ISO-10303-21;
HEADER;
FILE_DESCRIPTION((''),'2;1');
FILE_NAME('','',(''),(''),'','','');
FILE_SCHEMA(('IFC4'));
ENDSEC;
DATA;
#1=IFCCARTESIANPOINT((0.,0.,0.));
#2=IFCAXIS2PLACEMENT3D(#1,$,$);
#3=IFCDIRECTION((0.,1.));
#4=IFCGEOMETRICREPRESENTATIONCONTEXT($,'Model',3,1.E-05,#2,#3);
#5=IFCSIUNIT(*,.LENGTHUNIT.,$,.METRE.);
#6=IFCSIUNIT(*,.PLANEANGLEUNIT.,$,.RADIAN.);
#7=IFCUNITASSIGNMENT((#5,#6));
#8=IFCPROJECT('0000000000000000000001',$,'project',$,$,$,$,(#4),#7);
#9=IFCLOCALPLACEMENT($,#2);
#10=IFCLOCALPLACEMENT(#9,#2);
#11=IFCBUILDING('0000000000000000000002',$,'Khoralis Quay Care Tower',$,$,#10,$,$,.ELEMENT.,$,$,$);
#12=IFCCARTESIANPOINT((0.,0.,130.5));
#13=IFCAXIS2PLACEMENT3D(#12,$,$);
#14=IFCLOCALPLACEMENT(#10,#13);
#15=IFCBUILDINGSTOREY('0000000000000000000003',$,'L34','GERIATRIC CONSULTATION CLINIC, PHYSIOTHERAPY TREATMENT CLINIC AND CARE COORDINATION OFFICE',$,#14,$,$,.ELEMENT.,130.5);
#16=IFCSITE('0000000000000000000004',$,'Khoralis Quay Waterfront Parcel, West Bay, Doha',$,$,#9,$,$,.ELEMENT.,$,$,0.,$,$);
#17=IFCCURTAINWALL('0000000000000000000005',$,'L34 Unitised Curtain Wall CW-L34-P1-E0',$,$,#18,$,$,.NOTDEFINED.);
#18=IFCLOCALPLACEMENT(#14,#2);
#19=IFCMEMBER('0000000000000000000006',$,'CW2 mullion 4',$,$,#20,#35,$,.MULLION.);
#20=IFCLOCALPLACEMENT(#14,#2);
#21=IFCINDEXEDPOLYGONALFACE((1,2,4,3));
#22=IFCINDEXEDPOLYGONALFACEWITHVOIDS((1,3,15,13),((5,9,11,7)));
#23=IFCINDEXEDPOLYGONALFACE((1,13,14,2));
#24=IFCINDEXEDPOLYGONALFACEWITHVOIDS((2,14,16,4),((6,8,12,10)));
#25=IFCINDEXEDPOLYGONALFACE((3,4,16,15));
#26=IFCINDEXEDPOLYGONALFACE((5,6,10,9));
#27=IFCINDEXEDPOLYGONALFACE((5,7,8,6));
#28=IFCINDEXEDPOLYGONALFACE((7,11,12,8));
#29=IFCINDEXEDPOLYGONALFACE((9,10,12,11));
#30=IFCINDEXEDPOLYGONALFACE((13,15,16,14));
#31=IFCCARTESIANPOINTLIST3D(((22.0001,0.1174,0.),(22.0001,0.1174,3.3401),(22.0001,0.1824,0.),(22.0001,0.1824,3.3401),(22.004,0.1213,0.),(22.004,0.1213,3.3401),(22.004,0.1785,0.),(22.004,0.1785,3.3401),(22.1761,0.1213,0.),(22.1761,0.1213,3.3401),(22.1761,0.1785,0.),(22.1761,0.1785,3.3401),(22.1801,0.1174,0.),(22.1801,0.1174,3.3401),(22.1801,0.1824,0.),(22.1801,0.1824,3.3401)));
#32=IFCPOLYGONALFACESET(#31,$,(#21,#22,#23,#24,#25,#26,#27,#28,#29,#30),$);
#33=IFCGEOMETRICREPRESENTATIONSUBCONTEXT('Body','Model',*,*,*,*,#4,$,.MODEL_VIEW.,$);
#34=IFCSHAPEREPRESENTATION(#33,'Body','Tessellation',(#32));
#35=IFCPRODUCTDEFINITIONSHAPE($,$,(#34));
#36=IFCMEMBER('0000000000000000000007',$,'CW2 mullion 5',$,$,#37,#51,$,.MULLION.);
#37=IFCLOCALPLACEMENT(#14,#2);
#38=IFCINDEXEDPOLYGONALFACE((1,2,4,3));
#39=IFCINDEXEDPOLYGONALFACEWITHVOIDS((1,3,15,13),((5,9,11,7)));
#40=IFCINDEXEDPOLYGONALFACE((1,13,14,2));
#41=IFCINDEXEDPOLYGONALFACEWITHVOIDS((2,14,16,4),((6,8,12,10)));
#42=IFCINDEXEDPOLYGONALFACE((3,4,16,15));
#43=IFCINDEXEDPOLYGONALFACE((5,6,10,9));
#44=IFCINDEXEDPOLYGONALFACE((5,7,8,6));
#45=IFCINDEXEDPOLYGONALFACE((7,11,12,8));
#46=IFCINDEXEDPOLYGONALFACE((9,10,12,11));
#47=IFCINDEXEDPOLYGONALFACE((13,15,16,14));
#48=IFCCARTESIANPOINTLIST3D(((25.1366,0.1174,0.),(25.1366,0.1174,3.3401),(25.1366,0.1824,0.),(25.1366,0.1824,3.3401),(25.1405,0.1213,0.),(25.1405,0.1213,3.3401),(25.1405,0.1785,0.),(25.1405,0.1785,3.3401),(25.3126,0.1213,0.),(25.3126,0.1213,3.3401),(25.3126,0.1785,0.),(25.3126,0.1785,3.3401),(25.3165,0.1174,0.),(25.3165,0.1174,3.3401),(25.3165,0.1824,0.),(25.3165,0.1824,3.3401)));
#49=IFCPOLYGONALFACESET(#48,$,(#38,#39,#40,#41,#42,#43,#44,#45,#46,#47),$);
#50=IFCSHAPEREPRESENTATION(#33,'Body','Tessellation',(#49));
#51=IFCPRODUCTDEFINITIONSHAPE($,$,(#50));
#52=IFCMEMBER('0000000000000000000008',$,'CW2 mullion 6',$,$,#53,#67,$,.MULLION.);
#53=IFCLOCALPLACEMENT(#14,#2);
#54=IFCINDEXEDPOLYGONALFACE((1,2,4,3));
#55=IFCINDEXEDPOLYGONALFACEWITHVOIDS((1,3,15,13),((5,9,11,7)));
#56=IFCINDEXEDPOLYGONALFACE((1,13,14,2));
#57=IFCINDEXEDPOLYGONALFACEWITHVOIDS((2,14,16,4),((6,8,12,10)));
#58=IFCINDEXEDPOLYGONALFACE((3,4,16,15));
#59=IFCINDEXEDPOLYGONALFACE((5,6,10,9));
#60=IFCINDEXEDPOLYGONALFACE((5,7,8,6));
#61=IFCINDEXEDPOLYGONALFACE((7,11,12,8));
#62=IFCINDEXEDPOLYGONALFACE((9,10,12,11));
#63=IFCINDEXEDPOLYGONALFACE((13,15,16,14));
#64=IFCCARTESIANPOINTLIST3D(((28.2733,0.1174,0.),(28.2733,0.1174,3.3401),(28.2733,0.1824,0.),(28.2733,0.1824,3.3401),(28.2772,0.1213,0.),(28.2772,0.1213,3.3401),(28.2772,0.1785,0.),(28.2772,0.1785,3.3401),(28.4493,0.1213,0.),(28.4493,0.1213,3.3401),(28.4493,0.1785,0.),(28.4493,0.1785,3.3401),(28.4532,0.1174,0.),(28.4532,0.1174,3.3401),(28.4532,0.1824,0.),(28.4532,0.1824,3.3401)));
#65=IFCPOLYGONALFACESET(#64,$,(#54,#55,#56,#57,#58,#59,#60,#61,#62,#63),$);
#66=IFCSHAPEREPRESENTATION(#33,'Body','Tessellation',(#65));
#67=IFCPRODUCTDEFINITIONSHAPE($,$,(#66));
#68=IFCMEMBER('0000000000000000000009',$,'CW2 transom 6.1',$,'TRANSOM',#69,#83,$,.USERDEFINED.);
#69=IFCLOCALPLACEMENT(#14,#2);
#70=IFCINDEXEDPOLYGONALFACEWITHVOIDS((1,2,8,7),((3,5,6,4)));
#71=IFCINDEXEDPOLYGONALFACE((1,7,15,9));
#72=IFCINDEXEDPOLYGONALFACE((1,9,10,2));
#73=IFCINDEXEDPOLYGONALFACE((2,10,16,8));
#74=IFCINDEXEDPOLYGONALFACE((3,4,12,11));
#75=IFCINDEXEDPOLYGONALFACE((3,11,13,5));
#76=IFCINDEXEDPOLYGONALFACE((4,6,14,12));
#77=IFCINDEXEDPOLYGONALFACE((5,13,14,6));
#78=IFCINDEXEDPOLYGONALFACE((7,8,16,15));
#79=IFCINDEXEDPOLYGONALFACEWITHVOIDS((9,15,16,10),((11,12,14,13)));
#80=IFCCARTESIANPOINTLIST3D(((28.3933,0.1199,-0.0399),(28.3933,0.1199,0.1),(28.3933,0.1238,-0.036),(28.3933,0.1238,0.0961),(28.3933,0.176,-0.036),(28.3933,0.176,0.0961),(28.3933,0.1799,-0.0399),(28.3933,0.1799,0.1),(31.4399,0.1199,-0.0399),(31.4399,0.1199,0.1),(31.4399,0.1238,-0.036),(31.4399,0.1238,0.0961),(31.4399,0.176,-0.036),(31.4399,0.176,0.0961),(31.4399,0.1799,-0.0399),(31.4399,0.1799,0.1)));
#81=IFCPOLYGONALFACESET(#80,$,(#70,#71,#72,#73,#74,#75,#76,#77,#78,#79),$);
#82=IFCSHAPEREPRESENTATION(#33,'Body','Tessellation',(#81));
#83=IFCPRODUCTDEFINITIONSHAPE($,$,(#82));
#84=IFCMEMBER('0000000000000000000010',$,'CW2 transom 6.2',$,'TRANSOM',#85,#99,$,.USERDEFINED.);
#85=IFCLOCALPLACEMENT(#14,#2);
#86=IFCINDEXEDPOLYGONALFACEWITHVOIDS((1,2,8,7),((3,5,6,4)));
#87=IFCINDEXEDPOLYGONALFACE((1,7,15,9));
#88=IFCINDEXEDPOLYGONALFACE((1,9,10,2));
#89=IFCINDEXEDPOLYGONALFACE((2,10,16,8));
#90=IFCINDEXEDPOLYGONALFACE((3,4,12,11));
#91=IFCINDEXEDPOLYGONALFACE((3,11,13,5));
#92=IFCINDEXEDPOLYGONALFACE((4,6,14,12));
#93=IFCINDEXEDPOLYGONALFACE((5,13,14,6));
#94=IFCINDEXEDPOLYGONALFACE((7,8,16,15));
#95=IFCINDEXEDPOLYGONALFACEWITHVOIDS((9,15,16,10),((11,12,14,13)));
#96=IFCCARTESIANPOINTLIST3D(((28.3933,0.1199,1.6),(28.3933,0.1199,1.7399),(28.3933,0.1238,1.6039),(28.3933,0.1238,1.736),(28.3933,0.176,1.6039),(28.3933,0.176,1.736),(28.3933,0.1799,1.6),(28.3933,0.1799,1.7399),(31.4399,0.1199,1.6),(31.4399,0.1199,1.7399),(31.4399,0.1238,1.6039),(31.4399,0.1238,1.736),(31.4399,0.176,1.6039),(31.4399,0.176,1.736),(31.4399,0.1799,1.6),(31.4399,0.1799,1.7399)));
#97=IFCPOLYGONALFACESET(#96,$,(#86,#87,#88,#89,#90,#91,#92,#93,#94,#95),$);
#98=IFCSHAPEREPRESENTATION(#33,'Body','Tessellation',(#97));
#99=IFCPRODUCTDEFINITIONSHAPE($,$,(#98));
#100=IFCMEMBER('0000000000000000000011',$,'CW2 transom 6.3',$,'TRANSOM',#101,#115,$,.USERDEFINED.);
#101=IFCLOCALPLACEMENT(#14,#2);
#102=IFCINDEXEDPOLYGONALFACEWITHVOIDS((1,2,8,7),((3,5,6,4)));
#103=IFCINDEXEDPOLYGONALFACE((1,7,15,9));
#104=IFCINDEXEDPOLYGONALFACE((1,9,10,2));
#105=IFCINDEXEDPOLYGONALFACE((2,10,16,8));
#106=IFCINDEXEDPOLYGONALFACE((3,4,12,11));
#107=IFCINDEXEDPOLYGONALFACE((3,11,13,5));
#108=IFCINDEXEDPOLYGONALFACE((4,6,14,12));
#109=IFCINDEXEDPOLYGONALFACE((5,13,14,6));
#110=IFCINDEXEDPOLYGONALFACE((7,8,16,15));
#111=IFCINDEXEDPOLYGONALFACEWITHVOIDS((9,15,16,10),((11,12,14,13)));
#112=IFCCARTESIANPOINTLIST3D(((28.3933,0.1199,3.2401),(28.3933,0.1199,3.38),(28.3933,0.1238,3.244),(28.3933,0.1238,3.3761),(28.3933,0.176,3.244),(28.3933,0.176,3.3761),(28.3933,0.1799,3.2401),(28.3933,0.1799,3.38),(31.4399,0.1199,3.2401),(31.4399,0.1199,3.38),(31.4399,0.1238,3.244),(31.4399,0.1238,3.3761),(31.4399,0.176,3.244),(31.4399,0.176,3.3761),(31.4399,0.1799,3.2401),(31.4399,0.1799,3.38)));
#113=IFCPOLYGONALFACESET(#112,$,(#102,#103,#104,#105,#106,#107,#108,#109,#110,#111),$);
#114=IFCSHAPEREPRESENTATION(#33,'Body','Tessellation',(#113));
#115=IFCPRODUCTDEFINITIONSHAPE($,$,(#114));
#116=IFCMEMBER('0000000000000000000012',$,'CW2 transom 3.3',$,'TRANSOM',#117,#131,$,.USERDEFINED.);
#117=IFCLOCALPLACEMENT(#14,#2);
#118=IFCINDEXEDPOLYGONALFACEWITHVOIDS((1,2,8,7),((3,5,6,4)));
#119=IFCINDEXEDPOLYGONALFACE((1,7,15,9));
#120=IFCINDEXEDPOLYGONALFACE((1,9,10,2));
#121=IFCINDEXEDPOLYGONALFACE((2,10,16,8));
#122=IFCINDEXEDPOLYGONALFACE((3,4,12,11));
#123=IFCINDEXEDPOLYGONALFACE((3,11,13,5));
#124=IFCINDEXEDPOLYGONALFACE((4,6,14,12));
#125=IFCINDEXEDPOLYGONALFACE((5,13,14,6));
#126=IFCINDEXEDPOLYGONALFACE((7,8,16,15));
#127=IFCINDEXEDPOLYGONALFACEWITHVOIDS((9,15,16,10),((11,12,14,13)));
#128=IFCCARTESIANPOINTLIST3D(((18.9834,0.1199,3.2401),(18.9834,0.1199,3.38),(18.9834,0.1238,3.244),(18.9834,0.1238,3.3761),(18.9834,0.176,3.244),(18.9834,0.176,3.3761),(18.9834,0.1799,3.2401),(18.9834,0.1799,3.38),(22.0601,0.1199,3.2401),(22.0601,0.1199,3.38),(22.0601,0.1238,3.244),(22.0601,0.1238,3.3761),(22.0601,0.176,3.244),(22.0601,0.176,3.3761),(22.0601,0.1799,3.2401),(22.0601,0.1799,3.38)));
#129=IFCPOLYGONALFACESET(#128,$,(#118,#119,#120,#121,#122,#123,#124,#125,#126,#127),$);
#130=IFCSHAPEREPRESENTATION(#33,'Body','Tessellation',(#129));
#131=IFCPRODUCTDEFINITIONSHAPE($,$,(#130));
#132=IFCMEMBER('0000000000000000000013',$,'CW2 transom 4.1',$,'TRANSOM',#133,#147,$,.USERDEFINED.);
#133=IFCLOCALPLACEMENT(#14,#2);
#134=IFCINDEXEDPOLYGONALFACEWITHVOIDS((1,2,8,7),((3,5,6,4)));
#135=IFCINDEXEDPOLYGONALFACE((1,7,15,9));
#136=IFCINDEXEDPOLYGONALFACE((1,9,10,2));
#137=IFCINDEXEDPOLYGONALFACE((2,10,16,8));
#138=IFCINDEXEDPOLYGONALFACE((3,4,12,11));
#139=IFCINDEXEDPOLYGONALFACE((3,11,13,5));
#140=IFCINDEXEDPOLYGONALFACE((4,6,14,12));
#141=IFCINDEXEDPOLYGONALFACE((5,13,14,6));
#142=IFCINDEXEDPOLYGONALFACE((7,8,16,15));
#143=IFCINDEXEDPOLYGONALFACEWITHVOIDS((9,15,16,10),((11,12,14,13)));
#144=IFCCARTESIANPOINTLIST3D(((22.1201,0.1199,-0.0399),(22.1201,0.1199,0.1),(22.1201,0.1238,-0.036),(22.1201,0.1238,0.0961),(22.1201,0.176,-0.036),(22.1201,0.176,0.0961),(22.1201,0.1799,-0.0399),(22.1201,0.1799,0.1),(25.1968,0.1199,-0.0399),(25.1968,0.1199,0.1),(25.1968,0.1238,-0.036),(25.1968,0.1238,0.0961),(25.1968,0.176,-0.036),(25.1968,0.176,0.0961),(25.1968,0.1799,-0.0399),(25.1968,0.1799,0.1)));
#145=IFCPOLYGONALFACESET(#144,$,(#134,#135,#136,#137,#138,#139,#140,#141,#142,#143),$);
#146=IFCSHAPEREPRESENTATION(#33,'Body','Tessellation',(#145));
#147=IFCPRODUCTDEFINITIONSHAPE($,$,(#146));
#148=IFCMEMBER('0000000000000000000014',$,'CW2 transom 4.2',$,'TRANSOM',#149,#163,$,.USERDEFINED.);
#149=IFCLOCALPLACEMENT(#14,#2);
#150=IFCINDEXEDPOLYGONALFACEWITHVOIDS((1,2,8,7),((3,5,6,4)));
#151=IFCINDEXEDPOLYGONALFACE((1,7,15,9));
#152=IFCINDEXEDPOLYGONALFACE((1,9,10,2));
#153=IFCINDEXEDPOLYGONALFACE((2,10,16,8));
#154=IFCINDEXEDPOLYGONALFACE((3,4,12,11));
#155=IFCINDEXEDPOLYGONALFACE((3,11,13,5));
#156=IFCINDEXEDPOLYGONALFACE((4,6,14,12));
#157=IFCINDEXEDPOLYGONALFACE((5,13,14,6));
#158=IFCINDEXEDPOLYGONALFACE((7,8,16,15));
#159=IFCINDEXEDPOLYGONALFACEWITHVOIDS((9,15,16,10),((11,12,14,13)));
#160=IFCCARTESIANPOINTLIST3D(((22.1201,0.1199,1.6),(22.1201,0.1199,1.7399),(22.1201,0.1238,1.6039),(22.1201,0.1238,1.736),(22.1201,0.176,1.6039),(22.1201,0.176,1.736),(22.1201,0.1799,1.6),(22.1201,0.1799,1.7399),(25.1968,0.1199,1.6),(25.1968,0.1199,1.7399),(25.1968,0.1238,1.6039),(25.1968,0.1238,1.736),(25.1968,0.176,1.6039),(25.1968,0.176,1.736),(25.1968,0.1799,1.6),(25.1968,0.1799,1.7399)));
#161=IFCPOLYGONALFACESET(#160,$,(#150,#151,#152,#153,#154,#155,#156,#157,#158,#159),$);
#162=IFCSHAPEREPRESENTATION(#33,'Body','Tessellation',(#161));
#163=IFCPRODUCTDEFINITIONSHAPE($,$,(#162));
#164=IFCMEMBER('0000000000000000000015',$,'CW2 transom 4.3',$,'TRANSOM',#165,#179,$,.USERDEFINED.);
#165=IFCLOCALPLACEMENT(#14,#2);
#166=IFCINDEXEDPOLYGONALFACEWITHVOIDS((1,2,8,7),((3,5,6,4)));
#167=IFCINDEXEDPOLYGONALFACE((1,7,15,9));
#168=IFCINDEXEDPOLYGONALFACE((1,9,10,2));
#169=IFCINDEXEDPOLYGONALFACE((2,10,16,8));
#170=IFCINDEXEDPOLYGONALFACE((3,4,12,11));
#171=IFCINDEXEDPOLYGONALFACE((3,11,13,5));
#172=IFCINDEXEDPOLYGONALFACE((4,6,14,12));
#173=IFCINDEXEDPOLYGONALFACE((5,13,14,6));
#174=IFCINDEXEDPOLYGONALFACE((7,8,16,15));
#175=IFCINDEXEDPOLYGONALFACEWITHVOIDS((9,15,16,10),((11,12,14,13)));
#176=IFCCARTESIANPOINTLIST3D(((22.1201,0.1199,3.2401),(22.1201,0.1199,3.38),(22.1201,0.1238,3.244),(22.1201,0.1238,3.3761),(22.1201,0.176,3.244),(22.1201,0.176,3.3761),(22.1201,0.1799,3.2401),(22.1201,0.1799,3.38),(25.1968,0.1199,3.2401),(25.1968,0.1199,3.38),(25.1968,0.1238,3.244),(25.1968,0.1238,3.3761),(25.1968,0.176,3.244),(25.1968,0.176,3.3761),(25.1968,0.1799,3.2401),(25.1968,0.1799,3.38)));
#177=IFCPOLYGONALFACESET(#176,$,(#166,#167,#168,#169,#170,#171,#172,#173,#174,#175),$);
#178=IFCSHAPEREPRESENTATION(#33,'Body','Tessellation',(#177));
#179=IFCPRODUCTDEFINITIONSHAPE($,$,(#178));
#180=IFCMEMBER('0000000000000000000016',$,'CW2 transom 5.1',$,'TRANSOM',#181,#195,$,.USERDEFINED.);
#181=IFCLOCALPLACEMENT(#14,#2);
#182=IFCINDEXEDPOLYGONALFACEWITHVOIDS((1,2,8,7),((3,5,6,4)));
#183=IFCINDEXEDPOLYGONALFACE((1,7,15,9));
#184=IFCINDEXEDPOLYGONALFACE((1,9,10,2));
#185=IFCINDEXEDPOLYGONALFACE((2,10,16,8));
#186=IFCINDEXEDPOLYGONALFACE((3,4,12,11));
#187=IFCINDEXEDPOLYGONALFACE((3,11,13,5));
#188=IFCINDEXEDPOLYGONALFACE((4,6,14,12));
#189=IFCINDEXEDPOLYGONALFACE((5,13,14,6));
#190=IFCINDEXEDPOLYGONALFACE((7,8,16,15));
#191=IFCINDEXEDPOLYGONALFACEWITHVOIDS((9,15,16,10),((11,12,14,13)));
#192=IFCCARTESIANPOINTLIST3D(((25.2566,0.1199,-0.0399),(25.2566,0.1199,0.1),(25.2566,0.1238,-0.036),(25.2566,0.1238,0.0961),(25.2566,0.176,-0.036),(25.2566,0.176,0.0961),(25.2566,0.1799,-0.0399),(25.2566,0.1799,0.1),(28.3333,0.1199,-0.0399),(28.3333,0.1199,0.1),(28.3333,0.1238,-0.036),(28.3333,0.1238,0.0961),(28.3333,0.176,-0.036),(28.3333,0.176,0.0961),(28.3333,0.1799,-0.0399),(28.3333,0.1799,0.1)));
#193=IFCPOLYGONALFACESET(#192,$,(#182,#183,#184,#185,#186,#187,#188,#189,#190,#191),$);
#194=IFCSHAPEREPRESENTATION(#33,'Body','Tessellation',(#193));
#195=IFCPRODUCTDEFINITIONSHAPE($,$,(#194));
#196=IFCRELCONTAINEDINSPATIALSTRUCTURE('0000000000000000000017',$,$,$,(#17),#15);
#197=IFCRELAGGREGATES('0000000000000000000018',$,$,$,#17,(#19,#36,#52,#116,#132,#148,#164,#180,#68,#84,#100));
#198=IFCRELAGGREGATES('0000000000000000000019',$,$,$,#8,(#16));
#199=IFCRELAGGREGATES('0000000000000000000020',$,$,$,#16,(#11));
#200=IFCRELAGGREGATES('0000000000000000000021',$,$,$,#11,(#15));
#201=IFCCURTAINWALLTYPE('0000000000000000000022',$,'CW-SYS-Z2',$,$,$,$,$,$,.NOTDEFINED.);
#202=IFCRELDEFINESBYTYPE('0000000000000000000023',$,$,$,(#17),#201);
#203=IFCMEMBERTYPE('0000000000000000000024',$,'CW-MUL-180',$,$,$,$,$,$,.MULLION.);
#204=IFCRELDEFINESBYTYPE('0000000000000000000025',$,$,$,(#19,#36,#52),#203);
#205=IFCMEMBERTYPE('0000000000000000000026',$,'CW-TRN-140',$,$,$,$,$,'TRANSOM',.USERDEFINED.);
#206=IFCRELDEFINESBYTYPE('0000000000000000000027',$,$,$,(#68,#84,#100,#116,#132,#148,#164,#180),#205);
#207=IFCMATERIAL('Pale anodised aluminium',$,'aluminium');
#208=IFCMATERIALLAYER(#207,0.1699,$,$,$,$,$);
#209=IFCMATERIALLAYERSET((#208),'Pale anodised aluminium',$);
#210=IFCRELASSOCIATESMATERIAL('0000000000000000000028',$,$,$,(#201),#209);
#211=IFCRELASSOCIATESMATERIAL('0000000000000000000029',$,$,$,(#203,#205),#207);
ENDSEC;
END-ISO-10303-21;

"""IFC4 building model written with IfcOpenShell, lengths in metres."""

from ifc_helpers import new_model, si_unit, direction, frame, origin, origin_2d, place, context, subcontext, project, spatial, hollow_rectangle, extrude, source, transform, mapped, material, layer, layer_set, material_profile, profile_set, type_object, element, aggregate, save


model = new_model("IFC4")

# Units and contexts
model_context = context("Model", 3, precision=1e-05, world=origin(), true_north=direction((0.0, 1.0)))
body_context = subcontext(model_context, "Body", "Model", "MODEL_VIEW")
ifc_project = project(units=[si_unit("LENGTHUNIT", "METRE"), si_unit("PLANEANGLEUNIT", "RADIAN")], contexts=[model_context])

# Site, building, storey
site_placement = place(None, origin())
site = spatial("IfcSite", under=ifc_project, at=site_placement, Name="Khoralis Quay Waterfront Parcel, West Bay, Doha", CompositionType="ELEMENT", RefElevation=0.0)
building_placement = place(site_placement, origin())
building = spatial("IfcBuilding", under=site, at=building_placement, Name="Khoralis Quay Care Tower", CompositionType="ELEMENT")
storey_placement = place(building_placement, frame((0.0, 0.0, 130.5)))
storey = spatial("IfcBuildingStorey", under=building, at=storey_placement, Name="L34", Description="GERIATRIC CONSULTATION CLINIC, PHYSIOTHERAPY TREATMENT CLINIC AND CARE COORDINATION OFFICE", CompositionType="ELEMENT", Elevation=130.5)

# Curtain wall, members
ifc_material_1 = material(Name="Pale anodised aluminium", Category="aluminium")
ifc_layer_1 = layer(ifc_material_1, 0.1699)
ifc_layer_set_1 = layer_set([ifc_layer_1], Name="Pale anodised aluminium")
curtain_wall_type = type_object("IfcCurtainWallType", Name="CW-SYS-Z2", PredefinedType="NOTDEFINED", material=ifc_layer_set_1)
curtain_wall_placement = place(storey_placement, origin())
curtain_wall = element("IfcCurtainWall", 1, at=curtain_wall_placement, inside=storey, type_object=curtain_wall_type, Name="L34 Unitised Curtain Wall CW-L34-P1-E0", PredefinedType="NOTDEFINED")
ifc_material_profile_1 = material_profile(ifc_material_1, hollow_rectangle(XDim=0.0649, YDim=0.1799, WallThickness=0.0039, at=origin_2d()), Name="Pale anodised aluminium")
ifc_profile_set_1 = profile_set([ifc_material_profile_1], Name="Pale anodised aluminium")
member_type_1 = type_object("IfcMemberType", Name="CW-MUL-180", PredefinedType="MULLION", material=ifc_profile_set_1)
shared_shape_1 = source(origin(), body_context, "Body", "SweptSolid", [
    extrude(hollow_rectangle(XDim=0.0649, YDim=0.1799, WallThickness=0.0039, at=origin_2d()), origin(), (0.0, 0.0, 1.0), 3.3401),
])
member_1_placement = place(storey_placement, frame((22.0901, 0.1499, 0.0), z_axis=(0.0, 0.0, 1.0), x_axis=(0.0, 1.0, 0.0)))
member_1 = element("IfcMember", 2, at=member_1_placement, type_object=member_type_1, Name="CW2 mullion 4", PredefinedType="MULLION", context=body_context, shape_type="MappedRepresentation", body=[
    mapped(shared_shape_1, transform((0.0, 0.0, 0.0), scale=1.0)),
])
member_2_placement = place(storey_placement, frame((25.2266, 0.1499, 0.0), z_axis=(0.0, 0.0, 1.0), x_axis=(0.0, 1.0, 0.0)))
member_2 = element("IfcMember", 3, at=member_2_placement, type_object=member_type_1, Name="CW2 mullion 5", PredefinedType="MULLION", context=body_context, shape_type="MappedRepresentation", body=[
    mapped(shared_shape_1, transform((0.0, 0.0, 0.0), scale=1.0)),
])
member_3_placement = place(storey_placement, frame((28.3633, 0.1499, 0.0), z_axis=(0.0, 0.0, 1.0), x_axis=(0.0, 1.0, 0.0)))
member_3 = element("IfcMember", 4, at=member_3_placement, type_object=member_type_1, Name="CW2 mullion 6", PredefinedType="MULLION", context=body_context, shape_type="MappedRepresentation", body=[
    mapped(shared_shape_1, transform((0.0, 0.0, 0.0), scale=1.0)),
])
ifc_material_profile_2 = material_profile(ifc_material_1, hollow_rectangle(XDim=0.0601, YDim=0.1399, WallThickness=0.0039, at=origin_2d()), Name="Pale anodised aluminium")
ifc_profile_set_2 = profile_set([ifc_material_profile_2], Name="Pale anodised aluminium")
member_type_2 = type_object("IfcMemberType", Name="CW-TRN-140", ElementType="TRANSOM", PredefinedType="USERDEFINED", material=ifc_profile_set_2)
shared_shape_2 = source(origin(), body_context, "Body", "SweptSolid", [
    extrude(hollow_rectangle(XDim=0.0601, YDim=0.1399, WallThickness=0.0039, at=origin_2d()), origin(), (0.0, 0.0, 1.0), 3.0466),
])
member_4_placement = place(storey_placement, frame((28.3933, 0.1499, 0.03), z_axis=(1.0, 0.0, 0.0), x_axis=(0.0, 1.0, 0.0)))
member_4 = element("IfcMember", 5, at=member_4_placement, type_object=member_type_2, Name="CW2 transom 6.1", ObjectType="TRANSOM", PredefinedType="USERDEFINED", context=body_context, shape_type="MappedRepresentation", body=[
    mapped(shared_shape_2, transform((0.0, 0.0, 0.0), scale=1.0)),
])
member_5_placement = place(storey_placement, frame((28.3933, 0.1499, 1.6699), z_axis=(1.0, 0.0, 0.0), x_axis=(0.0, 1.0, 0.0)))
member_5 = element("IfcMember", 6, at=member_5_placement, type_object=member_type_2, Name="CW2 transom 6.2", ObjectType="TRANSOM", PredefinedType="USERDEFINED", context=body_context, shape_type="MappedRepresentation", body=[
    mapped(shared_shape_2, transform((0.0, 0.0, 0.0), scale=1.0)),
])
member_6_placement = place(storey_placement, frame((28.3933, 0.1499, 3.3101), z_axis=(1.0, 0.0, 0.0), x_axis=(0.0, 1.0, 0.0)))
member_6 = element("IfcMember", 7, at=member_6_placement, type_object=member_type_2, Name="CW2 transom 6.3", ObjectType="TRANSOM", PredefinedType="USERDEFINED", context=body_context, shape_type="MappedRepresentation", body=[
    mapped(shared_shape_2, transform((0.0, 0.0, 0.0), scale=1.0)),
])
shared_shape_3 = source(origin(), body_context, "Body", "SweptSolid", [
    extrude(hollow_rectangle(XDim=0.0601, YDim=0.1399, WallThickness=0.0039, at=origin_2d()), origin(), (0.0, 0.0, 1.0), 3.0767),
])
member_7_placement = place(storey_placement, frame((18.9834, 0.1499, 3.3101), z_axis=(1.0, 0.0, 0.0), x_axis=(0.0, 1.0, 0.0)))
member_7 = element("IfcMember", 8, at=member_7_placement, type_object=member_type_2, Name="CW2 transom 3.3", ObjectType="TRANSOM", PredefinedType="USERDEFINED", context=body_context, shape_type="MappedRepresentation", body=[
    mapped(shared_shape_3, transform((0.0, 0.0, 0.0), scale=1.0)),
])
member_8_placement = place(storey_placement, frame((22.1201, 0.1499, 0.03), z_axis=(1.0, 0.0, 0.0), x_axis=(0.0, 1.0, 0.0)))
member_8 = element("IfcMember", 9, at=member_8_placement, type_object=member_type_2, Name="CW2 transom 4.1", ObjectType="TRANSOM", PredefinedType="USERDEFINED", context=body_context, shape_type="MappedRepresentation", body=[
    mapped(shared_shape_3, transform((0.0, 0.0, 0.0), scale=1.0)),
])
member_9_placement = place(storey_placement, frame((22.1201, 0.1499, 1.6699), z_axis=(1.0, 0.0, 0.0), x_axis=(0.0, 1.0, 0.0)))
member_9 = element("IfcMember", 10, at=member_9_placement, type_object=member_type_2, Name="CW2 transom 4.2", ObjectType="TRANSOM", PredefinedType="USERDEFINED", context=body_context, shape_type="MappedRepresentation", body=[
    mapped(shared_shape_3, transform((0.0, 0.0, 0.0), scale=1.0)),
])
member_10_placement = place(storey_placement, frame((22.1201, 0.1499, 3.3101), z_axis=(1.0, 0.0, 0.0), x_axis=(0.0, 1.0, 0.0)))
member_10 = element("IfcMember", 11, at=member_10_placement, type_object=member_type_2, Name="CW2 transom 4.3", ObjectType="TRANSOM", PredefinedType="USERDEFINED", context=body_context, shape_type="MappedRepresentation", body=[
    mapped(shared_shape_3, transform((0.0, 0.0, 0.0), scale=1.0)),
])
member_11_placement = place(storey_placement, frame((25.2566, 0.1499, 0.03), z_axis=(1.0, 0.0, 0.0), x_axis=(0.0, 1.0, 0.0)))
member_11 = element("IfcMember", 12, at=member_11_placement, type_object=member_type_2, Name="CW2 transom 5.1", ObjectType="TRANSOM", PredefinedType="USERDEFINED", context=body_context, shape_type="MappedRepresentation", body=[
    mapped(shared_shape_3, transform((0.0, 0.0, 0.0), scale=1.0)),
])
aggregate(curtain_wall, [member_1, member_2, member_3, member_7, member_8, member_9, member_10, member_11, member_4, member_5, member_6])

save(model, "model.ifc")
